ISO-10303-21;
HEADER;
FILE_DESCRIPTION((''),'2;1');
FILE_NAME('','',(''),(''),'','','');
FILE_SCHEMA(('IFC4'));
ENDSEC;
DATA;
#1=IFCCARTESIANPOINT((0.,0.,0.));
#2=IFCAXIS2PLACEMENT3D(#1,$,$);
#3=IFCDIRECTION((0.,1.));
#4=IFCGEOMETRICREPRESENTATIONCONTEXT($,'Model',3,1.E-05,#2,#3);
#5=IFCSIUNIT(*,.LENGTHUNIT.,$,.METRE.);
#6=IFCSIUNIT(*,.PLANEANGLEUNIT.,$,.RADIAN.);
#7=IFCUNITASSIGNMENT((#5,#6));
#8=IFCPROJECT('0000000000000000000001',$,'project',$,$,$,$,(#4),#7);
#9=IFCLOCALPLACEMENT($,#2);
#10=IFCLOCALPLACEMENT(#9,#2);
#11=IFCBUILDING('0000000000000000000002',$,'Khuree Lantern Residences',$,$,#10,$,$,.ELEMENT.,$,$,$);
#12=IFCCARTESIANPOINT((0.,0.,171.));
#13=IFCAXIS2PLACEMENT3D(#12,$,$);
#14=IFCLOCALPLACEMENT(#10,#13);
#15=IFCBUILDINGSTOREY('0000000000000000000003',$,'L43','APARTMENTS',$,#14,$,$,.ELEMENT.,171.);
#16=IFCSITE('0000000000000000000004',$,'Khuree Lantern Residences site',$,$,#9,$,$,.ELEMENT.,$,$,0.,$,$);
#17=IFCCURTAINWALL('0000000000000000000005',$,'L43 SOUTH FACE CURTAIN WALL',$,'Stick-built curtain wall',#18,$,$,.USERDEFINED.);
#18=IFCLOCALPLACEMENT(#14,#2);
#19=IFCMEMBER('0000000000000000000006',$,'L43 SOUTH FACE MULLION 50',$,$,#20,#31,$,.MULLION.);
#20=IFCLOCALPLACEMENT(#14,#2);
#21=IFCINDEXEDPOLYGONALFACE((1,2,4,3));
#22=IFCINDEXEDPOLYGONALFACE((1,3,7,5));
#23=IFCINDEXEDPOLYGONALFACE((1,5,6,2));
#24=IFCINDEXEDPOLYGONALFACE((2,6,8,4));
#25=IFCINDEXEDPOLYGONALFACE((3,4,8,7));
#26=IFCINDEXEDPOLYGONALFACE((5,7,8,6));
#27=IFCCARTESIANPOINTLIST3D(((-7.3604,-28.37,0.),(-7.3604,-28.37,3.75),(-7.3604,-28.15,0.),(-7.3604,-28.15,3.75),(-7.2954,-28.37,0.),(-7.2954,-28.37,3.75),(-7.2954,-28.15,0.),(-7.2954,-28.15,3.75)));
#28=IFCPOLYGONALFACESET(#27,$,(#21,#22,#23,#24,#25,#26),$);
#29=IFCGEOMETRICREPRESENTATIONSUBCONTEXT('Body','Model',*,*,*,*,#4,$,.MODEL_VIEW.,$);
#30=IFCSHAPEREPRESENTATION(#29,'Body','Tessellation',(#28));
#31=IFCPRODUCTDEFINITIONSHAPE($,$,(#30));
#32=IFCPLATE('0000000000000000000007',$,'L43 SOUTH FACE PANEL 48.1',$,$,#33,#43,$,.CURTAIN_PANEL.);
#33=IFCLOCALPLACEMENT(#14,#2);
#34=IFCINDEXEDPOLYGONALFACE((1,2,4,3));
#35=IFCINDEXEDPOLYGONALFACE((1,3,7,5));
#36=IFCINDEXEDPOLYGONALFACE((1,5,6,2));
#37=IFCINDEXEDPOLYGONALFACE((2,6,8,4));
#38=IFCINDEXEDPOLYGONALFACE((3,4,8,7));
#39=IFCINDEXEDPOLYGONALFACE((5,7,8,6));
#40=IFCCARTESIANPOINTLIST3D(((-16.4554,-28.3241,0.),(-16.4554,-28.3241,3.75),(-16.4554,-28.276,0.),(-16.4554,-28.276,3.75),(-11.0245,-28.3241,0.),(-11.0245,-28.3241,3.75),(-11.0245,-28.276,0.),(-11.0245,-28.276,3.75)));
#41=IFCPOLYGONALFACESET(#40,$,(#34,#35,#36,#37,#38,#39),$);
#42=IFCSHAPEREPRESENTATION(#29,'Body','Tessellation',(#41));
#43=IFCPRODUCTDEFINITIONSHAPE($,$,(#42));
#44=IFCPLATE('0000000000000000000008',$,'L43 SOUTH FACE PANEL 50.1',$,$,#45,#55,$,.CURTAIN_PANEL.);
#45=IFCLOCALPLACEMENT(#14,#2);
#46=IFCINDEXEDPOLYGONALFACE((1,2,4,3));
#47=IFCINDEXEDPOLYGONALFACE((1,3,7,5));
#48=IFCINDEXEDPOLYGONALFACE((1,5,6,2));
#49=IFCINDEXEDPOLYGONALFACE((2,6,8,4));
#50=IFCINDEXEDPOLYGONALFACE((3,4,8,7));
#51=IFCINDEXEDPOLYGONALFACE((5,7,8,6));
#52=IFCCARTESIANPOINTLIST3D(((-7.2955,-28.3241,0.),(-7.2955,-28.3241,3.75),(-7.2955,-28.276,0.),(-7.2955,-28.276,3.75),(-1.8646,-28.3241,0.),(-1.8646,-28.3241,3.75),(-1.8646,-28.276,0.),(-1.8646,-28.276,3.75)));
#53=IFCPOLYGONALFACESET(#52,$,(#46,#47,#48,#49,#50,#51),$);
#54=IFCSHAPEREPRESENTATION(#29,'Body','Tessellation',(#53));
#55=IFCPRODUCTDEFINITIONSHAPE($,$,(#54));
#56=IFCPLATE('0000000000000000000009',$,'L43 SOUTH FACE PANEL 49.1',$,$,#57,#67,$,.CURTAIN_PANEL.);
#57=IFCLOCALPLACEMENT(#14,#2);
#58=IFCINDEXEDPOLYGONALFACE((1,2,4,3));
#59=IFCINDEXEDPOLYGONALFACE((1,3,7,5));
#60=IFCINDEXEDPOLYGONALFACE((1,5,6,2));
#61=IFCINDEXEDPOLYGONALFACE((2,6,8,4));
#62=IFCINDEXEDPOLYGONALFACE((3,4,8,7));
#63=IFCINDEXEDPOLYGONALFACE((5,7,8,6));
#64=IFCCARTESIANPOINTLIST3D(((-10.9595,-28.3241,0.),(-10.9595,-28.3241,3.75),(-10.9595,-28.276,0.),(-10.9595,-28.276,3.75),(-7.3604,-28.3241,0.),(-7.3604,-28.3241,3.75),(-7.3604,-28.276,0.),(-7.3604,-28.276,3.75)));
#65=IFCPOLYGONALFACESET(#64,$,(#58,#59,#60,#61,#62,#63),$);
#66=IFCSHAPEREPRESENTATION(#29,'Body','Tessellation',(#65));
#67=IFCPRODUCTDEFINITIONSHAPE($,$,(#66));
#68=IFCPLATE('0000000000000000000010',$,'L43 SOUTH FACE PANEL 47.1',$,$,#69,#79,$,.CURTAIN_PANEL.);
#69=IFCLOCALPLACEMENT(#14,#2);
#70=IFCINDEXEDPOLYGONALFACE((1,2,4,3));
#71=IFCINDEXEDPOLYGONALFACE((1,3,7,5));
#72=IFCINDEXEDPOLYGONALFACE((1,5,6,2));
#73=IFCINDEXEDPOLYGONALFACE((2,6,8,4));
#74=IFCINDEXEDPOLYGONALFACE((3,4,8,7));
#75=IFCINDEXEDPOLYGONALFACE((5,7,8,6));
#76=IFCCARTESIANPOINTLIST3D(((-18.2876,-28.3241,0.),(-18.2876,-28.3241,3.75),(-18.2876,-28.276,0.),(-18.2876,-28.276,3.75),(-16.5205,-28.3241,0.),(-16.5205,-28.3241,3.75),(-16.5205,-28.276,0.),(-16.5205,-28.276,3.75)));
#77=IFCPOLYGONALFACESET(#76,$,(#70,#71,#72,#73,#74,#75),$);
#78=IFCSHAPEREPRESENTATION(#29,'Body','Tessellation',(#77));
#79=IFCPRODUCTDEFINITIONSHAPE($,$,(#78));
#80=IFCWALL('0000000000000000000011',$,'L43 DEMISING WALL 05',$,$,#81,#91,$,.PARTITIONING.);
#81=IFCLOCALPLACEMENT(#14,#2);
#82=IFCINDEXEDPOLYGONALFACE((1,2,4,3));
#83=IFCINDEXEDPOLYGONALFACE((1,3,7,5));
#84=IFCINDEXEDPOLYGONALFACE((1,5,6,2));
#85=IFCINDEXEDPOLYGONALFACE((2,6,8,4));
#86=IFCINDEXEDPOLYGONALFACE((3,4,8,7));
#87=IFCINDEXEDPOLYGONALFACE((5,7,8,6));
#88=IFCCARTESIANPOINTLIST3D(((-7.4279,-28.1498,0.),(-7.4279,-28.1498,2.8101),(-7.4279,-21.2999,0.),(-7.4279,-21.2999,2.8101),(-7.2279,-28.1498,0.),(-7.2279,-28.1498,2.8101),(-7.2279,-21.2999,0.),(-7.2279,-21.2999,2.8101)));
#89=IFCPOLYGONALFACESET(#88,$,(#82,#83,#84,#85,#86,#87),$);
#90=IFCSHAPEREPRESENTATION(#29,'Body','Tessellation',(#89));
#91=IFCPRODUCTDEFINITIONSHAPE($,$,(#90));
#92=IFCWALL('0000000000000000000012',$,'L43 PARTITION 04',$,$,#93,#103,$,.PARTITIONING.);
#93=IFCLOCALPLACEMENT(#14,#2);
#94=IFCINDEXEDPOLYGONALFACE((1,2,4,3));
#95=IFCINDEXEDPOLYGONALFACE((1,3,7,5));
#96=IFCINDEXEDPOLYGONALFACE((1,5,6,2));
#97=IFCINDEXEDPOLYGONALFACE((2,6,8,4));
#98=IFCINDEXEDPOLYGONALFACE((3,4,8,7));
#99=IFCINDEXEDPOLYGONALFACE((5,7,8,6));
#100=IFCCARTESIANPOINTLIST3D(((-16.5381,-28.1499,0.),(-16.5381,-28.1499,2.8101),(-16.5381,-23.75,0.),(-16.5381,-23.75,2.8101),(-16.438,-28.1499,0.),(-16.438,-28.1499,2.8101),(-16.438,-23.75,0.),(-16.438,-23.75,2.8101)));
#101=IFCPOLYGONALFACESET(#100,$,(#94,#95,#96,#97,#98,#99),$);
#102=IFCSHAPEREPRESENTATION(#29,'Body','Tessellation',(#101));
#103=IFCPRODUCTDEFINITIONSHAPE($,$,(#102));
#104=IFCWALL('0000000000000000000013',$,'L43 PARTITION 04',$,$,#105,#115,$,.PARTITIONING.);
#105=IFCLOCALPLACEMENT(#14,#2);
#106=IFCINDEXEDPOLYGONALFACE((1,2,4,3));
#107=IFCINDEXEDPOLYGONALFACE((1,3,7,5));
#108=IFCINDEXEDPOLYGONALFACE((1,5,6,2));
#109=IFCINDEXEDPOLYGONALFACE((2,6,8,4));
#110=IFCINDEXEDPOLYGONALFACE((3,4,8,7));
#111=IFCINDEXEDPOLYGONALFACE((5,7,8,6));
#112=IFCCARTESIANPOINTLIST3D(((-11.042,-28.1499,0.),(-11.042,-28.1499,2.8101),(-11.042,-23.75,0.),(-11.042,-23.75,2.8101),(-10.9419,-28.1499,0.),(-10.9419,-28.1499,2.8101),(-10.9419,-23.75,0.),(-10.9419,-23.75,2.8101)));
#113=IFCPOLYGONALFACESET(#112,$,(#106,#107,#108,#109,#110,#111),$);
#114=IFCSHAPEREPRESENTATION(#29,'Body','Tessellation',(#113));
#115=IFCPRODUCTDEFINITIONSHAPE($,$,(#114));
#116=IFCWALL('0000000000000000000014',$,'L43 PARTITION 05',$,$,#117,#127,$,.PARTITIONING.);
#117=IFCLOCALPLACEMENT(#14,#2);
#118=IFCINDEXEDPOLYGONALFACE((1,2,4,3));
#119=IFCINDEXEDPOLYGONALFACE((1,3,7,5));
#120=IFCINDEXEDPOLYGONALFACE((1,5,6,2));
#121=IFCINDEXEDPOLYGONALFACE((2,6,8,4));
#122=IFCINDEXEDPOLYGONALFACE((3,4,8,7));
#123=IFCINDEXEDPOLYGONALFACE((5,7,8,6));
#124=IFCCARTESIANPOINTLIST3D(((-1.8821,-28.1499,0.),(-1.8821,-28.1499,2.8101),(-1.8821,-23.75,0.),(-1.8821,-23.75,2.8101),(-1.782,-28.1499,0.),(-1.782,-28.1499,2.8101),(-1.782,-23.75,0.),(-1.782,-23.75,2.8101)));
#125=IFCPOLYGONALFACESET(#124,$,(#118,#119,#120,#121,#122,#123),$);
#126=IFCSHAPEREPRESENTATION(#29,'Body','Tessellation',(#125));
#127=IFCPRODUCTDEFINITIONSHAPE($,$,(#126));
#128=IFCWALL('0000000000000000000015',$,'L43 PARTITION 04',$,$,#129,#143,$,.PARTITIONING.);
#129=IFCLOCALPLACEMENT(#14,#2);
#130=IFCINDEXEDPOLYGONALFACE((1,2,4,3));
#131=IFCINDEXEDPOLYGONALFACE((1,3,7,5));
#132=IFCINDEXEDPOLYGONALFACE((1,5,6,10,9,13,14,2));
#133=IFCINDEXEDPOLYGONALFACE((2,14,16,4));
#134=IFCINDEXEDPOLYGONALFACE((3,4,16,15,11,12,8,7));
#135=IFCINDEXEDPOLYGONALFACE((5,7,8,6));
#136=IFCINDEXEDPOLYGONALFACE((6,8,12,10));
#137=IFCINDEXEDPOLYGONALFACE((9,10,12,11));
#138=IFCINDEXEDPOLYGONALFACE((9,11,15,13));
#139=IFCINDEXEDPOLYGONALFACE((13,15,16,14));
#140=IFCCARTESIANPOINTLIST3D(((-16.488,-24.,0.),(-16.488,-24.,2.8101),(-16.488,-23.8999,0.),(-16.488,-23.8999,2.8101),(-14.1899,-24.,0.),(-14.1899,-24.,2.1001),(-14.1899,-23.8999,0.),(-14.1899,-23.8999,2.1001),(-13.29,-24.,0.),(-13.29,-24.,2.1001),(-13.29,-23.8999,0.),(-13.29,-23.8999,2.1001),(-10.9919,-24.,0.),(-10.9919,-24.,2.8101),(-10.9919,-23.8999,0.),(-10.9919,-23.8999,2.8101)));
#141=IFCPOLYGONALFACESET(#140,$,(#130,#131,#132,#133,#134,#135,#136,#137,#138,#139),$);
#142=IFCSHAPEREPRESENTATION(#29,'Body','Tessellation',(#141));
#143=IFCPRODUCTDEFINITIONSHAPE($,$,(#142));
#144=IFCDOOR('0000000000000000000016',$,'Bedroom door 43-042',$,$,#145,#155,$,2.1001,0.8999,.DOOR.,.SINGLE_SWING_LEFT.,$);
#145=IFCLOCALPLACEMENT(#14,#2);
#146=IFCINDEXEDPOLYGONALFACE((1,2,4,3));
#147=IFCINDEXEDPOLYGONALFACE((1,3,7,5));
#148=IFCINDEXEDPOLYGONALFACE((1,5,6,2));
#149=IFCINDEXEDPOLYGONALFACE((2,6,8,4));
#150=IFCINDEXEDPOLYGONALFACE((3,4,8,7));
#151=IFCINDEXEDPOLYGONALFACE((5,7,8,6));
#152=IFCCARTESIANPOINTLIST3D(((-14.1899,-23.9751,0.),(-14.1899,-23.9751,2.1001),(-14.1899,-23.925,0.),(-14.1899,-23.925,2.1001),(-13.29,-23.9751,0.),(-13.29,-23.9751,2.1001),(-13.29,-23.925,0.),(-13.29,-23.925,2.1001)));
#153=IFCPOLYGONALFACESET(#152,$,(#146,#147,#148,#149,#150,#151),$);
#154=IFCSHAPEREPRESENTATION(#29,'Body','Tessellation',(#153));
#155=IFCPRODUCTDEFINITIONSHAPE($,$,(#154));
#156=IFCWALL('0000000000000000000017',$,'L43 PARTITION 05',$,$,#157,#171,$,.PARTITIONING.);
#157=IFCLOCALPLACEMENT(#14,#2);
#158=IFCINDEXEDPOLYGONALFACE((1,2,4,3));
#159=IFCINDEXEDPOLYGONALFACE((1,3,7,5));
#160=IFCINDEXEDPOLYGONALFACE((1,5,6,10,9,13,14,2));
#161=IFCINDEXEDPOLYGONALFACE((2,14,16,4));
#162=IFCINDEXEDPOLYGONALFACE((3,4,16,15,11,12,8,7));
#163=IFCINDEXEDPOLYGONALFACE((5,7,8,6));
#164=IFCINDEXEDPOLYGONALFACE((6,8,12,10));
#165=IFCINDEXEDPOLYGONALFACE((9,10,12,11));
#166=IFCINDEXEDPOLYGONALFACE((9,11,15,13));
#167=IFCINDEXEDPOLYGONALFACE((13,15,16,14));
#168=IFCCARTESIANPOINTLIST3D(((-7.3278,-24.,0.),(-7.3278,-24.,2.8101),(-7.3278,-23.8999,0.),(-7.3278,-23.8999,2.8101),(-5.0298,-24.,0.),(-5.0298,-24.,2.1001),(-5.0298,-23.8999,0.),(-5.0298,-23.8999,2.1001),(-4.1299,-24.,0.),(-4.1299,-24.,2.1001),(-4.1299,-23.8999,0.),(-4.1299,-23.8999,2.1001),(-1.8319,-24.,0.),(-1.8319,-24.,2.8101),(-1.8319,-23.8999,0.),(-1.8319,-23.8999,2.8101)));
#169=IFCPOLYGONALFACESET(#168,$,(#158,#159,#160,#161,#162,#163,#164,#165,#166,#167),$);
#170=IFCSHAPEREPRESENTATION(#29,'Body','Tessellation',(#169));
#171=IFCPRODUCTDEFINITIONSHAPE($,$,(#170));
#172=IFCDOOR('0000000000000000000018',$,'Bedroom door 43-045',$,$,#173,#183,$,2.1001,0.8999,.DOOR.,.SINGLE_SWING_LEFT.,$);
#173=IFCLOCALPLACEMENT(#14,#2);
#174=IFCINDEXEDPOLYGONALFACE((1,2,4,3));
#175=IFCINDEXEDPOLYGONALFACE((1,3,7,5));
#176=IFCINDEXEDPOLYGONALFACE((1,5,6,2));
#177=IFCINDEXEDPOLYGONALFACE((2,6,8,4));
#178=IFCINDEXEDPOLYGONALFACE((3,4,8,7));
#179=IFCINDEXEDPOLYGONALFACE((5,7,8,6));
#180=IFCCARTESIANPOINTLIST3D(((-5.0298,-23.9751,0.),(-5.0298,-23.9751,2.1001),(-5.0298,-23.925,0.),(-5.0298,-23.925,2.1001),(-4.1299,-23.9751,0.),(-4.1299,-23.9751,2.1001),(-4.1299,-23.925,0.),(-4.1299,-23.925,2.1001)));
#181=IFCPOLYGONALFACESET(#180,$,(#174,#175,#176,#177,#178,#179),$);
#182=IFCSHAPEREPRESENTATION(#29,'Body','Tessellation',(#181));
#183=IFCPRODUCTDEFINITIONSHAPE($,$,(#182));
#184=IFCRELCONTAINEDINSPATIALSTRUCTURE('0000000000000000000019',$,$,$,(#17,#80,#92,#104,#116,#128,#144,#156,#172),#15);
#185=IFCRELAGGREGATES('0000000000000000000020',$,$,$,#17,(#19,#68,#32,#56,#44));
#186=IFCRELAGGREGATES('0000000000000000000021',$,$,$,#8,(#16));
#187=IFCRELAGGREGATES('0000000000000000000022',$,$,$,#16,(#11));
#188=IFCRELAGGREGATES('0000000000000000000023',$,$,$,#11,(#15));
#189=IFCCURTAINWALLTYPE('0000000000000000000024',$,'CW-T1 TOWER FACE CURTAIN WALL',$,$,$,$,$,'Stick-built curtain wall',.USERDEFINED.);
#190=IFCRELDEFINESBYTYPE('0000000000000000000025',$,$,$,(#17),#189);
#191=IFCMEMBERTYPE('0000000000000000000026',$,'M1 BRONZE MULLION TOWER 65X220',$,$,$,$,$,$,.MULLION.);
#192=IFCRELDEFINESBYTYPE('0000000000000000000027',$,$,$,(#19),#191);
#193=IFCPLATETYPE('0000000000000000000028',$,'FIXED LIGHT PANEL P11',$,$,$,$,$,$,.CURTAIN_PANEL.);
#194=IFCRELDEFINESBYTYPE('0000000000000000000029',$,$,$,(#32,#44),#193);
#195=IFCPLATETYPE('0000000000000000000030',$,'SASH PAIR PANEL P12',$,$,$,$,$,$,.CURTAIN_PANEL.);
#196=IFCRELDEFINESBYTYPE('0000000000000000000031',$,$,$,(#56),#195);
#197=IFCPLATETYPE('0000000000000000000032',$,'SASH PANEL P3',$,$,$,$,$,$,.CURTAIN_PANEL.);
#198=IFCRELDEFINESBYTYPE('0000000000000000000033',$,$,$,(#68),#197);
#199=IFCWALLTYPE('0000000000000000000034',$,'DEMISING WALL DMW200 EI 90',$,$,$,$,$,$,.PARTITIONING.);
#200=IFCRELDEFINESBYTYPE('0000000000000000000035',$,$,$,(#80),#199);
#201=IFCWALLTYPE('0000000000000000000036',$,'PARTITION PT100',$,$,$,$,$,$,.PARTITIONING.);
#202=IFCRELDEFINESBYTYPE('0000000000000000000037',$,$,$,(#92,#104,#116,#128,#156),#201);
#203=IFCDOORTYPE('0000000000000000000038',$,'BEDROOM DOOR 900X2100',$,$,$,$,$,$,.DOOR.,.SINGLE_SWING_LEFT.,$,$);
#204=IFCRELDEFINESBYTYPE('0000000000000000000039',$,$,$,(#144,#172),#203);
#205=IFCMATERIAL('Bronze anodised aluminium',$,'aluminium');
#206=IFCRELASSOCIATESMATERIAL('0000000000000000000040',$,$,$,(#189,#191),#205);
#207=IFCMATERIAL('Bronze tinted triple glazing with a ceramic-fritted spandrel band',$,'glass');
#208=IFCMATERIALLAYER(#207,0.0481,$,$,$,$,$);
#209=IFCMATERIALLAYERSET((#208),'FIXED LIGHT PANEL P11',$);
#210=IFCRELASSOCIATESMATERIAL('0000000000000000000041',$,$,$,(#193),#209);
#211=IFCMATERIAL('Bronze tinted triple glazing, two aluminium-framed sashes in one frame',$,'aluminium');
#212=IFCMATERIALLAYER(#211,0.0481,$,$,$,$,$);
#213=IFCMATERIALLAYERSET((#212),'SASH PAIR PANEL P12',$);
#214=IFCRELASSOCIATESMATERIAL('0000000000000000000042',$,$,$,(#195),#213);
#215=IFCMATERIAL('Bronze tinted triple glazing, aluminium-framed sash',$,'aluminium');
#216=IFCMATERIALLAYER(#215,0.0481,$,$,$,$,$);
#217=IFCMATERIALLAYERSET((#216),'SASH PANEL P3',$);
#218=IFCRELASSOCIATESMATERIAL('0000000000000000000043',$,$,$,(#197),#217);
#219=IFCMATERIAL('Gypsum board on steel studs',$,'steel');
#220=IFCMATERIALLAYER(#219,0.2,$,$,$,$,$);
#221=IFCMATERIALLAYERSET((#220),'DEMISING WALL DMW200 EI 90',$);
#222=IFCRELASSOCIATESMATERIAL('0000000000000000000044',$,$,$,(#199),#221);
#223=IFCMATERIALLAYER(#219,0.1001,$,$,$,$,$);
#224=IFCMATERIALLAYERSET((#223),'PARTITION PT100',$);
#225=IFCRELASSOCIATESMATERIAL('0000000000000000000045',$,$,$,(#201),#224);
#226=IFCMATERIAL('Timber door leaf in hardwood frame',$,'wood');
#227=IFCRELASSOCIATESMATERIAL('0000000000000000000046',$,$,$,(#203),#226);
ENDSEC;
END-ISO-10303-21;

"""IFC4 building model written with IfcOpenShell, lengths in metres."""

from ifc_helpers import new_model, si_unit, direction, frame, frame_2d, origin, origin_2d, place, context, subcontext, project, spatial, rectangle, extrude, material, layer, layer_set, material_profile, profile_set, type_object, element, fill, aggregate, save


model = new_model("IFC4")

# Units and contexts
model_context = context("Model", 3, precision=1e-05, world=origin(), true_north=direction((0.0, 1.0)))
body_context = subcontext(model_context, "Body", "Model", "MODEL_VIEW")
ifc_project = project(units=[si_unit("LENGTHUNIT", "METRE"), si_unit("PLANEANGLEUNIT", "RADIAN")], contexts=[model_context])

# Site, building, storey
site_placement = place(None, origin())
site = spatial("IfcSite", under=ifc_project, at=site_placement, Name="Khuree Lantern Residences site", CompositionType="ELEMENT", RefElevation=0.0)
building_placement = place(site_placement, origin())
building = spatial("IfcBuilding", under=site, at=building_placement, Name="Khuree Lantern Residences", CompositionType="ELEMENT")
storey_placement = place(building_placement, frame((0.0, 0.0, 171.0)))
storey = spatial("IfcBuildingStorey", under=building, at=storey_placement, Name="L43", Description="APARTMENTS", CompositionType="ELEMENT", Elevation=171.0)

# Curtain wall
ifc_material_1 = material(Name="Bronze anodised aluminium", Category="aluminium")
curtain_wall_type = type_object("IfcCurtainWallType", Name="CW-T1 TOWER FACE CURTAIN WALL", ElementType="Stick-built curtain wall", PredefinedType="USERDEFINED", material=ifc_material_1)
curtain_wall_placement = place(storey_placement, origin())
curtain_wall = element("IfcCurtainWall", 1, at=curtain_wall_placement, inside=storey, type_object=curtain_wall_type, Name="L43 SOUTH FACE CURTAIN WALL", ObjectType="Stick-built curtain wall", PredefinedType="USERDEFINED")

# Member
ifc_material_profile_1 = material_profile(ifc_material_1, rectangle(XDim=0.0649, YDim=0.22, at=origin_2d()), Name="M1 65X220")
ifc_profile_set_1 = profile_set([ifc_material_profile_1], Name="Bronze anodised aluminium")
member_type_1 = type_object("IfcMemberType", Name="M1 BRONZE MULLION TOWER 65X220", PredefinedType="MULLION", material=ifc_profile_set_1)
member_1_placement = place(storey_placement, frame((-7.3279, -28.26, 0.0), z_axis=(0.0, 0.0, 1.0), x_axis=(1.0, 0.0, 0.0)))
member_1 = element("IfcMember", 2, at=member_1_placement, type_object=member_type_1, Name="L43 SOUTH FACE MULLION 50", PredefinedType="MULLION", context=body_context, shape_type="SweptSolid", body=[
    extrude(rectangle(XDim=0.0649, YDim=0.22, at=origin_2d()), origin(), (0.0, 0.0, 1.0), 3.75),
])

# Plates
ifc_material_2 = material(Name="Bronze tinted triple glazing with a ceramic-fritted spandrel band", Category="glass")
ifc_layer_1 = layer(ifc_material_2, 0.0481)
ifc_layer_set_1 = layer_set([ifc_layer_1], Name="FIXED LIGHT PANEL P11")
plate_type_1 = type_object("IfcPlateType", Name="FIXED LIGHT PANEL P11", PredefinedType="CURTAIN_PANEL", material=ifc_layer_set_1)
plate_1_placement = place(storey_placement, frame((-13.74, -28.3, 0.0), z_axis=(0.0, 0.0, 1.0), x_axis=(1.0, 0.0, 0.0)))
plate_1 = element("IfcPlate", 3, at=plate_1_placement, type_object=plate_type_1, Name="L43 SOUTH FACE PANEL 48.1", PredefinedType="CURTAIN_PANEL", context=body_context, shape_type="SweptSolid", body=[
    extrude(rectangle(XDim=5.4309, YDim=0.0481, at=origin_2d()), origin(), (0.0, 0.0, 1.0), 3.75),
])
plate_2_placement = place(storey_placement, frame((-4.5801, -28.3, 0.0), z_axis=(0.0, 0.0, 1.0), x_axis=(1.0, 0.0, 0.0)))
plate_2 = element("IfcPlate", 4, at=plate_2_placement, type_object=plate_type_1, Name="L43 SOUTH FACE PANEL 50.1", PredefinedType="CURTAIN_PANEL", context=body_context, shape_type="SweptSolid", body=[
    extrude(rectangle(XDim=5.4309, YDim=0.0481, at=origin_2d()), origin(), (0.0, 0.0, 1.0), 3.75),
])
ifc_material_3 = material(Name="Bronze tinted triple glazing, two aluminium-framed sashes in one frame", Category="aluminium")
ifc_layer_2 = layer(ifc_material_3, 0.0481)
ifc_layer_set_2 = layer_set([ifc_layer_2], Name="SASH PAIR PANEL P12")
plate_type_2 = type_object("IfcPlateType", Name="SASH PAIR PANEL P12", PredefinedType="CURTAIN_PANEL", material=ifc_layer_set_2)
plate_3_placement = place(storey_placement, frame((-9.1599, -28.3, 0.0), z_axis=(0.0, 0.0, 1.0), x_axis=(1.0, 0.0, 0.0)))
plate_3 = element("IfcPlate", 5, at=plate_3_placement, type_object=plate_type_2, Name="L43 SOUTH FACE PANEL 49.1", PredefinedType="CURTAIN_PANEL", context=body_context, shape_type="SweptSolid", body=[
    extrude(rectangle(XDim=3.5991, YDim=0.0481, at=origin_2d()), origin(), (0.0, 0.0, 1.0), 3.75),
])
ifc_material_4 = material(Name="Bronze tinted triple glazing, aluminium-framed sash", Category="aluminium")
ifc_layer_3 = layer(ifc_material_4, 0.0481)
ifc_layer_set_3 = layer_set([ifc_layer_3], Name="SASH PANEL P3")
plate_type_3 = type_object("IfcPlateType", Name="SASH PANEL P3", PredefinedType="CURTAIN_PANEL", material=ifc_layer_set_3)
plate_4_placement = place(storey_placement, frame((-17.4041, -28.3, 0.0), z_axis=(0.0, 0.0, 1.0), x_axis=(1.0, 0.0, 0.0)))
plate_4 = element("IfcPlate", 6, at=plate_4_placement, type_object=plate_type_3, Name="L43 SOUTH FACE PANEL 47.1", PredefinedType="CURTAIN_PANEL", context=body_context, shape_type="SweptSolid", body=[
    extrude(rectangle(XDim=1.7671, YDim=0.0481, at=origin_2d()), origin(), (0.0, 0.0, 1.0), 3.75),
])
aggregate(curtain_wall, [member_1, plate_4, plate_1, plate_3, plate_2])

# Walls
ifc_material_5 = material(Name="Gypsum board on steel studs", Category="steel")
ifc_layer_4 = layer(ifc_material_5, 0.2)
ifc_layer_set_4 = layer_set([ifc_layer_4], Name="DEMISING WALL DMW200 EI 90")
wall_type_1 = type_object("IfcWallType", Name="DEMISING WALL DMW200 EI 90", PredefinedType="PARTITIONING", material=ifc_layer_set_4)
wall_1_placement = place(storey_placement, frame((-7.3279, -21.3, 0.0), z_axis=(0.0, 0.0, 1.0), x_axis=(0.0, -1.0, 0.0)))
element("IfcWall", 7, at=wall_1_placement, inside=storey, type_object=wall_type_1, Name="L43 DEMISING WALL 05", PredefinedType="PARTITIONING", context=body_context, shape_type="SweptSolid", body=[
    extrude(rectangle(XDim=6.8499, YDim=0.2, at=frame_2d((3.4248, 0.0))), origin(), (0.0, 0.0, 1.0), 2.8101),
])
ifc_layer_5 = layer(ifc_material_5, 0.1001)
ifc_layer_set_5 = layer_set([ifc_layer_5], Name="PARTITION PT100")
wall_type_2 = type_object("IfcWallType", Name="PARTITION PT100", PredefinedType="PARTITIONING", material=ifc_layer_set_5)
for number, where, z_axis, x_axis, name in (
    (8, (-16.488, -23.75, 0.0), (0.0, 0.0, 1.0), (0.0, -1.0, 0.0), "L43 PARTITION 04"),
    (9, (-10.9919, -23.75, 0.0), (0.0, 0.0, 1.0), (0.0, -1.0, 0.0), "L43 PARTITION 04"),
    (10, (-1.832, -23.75, 0.0), (0.0, 0.0, 1.0), (0.0, -1.0, 0.0), "L43 PARTITION 05"),
):
    element("IfcWall", number, at=place(storey_placement, frame(where, z_axis=z_axis, x_axis=x_axis)), inside=storey, type_object=wall_type_2, Name=name, PredefinedType="PARTITIONING", context=body_context, shape_type="SweptSolid", body=[
        extrude(rectangle(XDim=4.3999, YDim=0.1001, at=frame_2d((2.2, 0.0))), origin(), (0.0, 0.0, 1.0), 2.8101),
    ])

# Walls, openings, doors
wall_2_placement = place(storey_placement, frame((-16.488, -23.95, 0.0), z_axis=(0.0, 0.0, 1.0), x_axis=(1.0, 0.0, 0.0)))
wall_2 = element("IfcWall", 11, at=wall_2_placement, inside=storey, type_object=wall_type_2, Name="L43 PARTITION 04", PredefinedType="PARTITIONING", context=body_context, shape_type="SweptSolid", body=[
    extrude(rectangle(XDim=5.4961, YDim=0.1001, at=frame_2d((2.748, 0.0))), origin(), (0.0, 0.0, 1.0), 2.8101),
])
opening_1_placement = place(wall_2_placement, frame((2.2981, 0.0, 0.0)))
opening_1 = element("IfcOpeningElement", 12, at=opening_1_placement, cuts=wall_2, PredefinedType="OPENING", context=body_context, shape_type="SweptSolid", body=[
    extrude(rectangle(XDim=0.8999, YDim=2.1001, at=frame_2d((0.45, 1.05))), frame((0.0, 0.0601, 0.0), z_axis=(0.0, -1.0, 0.0), x_axis=(1.0, 0.0, 0.0)), (0.0, 0.0, 1.0), 0.1201),
])
ifc_material_6 = material(Name="Timber door leaf in hardwood frame", Category="wood")
door_type = type_object("IfcDoorType", Name="BEDROOM DOOR 900X2100", OperationType="SINGLE_SWING_LEFT", PredefinedType="DOOR", material=ifc_material_6)
door_1_placement = place(opening_1_placement, origin())
door_1 = element("IfcDoor", 13, at=door_1_placement, inside=storey, type_object=door_type, Name="Bedroom door 43-042", OperationType="SINGLE_SWING_LEFT", OverallHeight=2.1001, OverallWidth=0.8999, PredefinedType="DOOR", context=body_context, shape_type="SweptSolid", body=[
    extrude(rectangle(XDim=0.8999, YDim=2.1001, at=frame_2d((0.45, 1.05))), frame((0.0, 0.0249, 0.0), z_axis=(0.0, -1.0, 0.0), x_axis=(1.0, 0.0, 0.0)), (0.0, 0.0, 1.0), 0.05),
])
fill(opening_1, door_1)
wall_3_placement = place(storey_placement, frame((-7.3279, -23.95, 0.0), z_axis=(0.0, 0.0, 1.0), x_axis=(1.0, 0.0, 0.0)))
wall_3 = element("IfcWall", 14, at=wall_3_placement, inside=storey, type_object=wall_type_2, Name="L43 PARTITION 05", PredefinedType="PARTITIONING", context=body_context, shape_type="SweptSolid", body=[
    extrude(rectangle(XDim=5.4958, YDim=0.1001, at=frame_2d((2.748, 0.0))), origin(), (0.0, 0.0, 1.0), 2.8101),
])
opening_2_placement = place(wall_3_placement, frame((2.2981, 0.0, 0.0)))
opening_2 = element("IfcOpeningElement", 15, at=opening_2_placement, cuts=wall_3, PredefinedType="OPENING", context=body_context, shape_type="SweptSolid", body=[
    extrude(rectangle(XDim=0.8999, YDim=2.1001, at=frame_2d((0.45, 1.05))), frame((0.0, 0.0601, 0.0), z_axis=(0.0, -1.0, 0.0), x_axis=(1.0, 0.0, 0.0)), (0.0, 0.0, 1.0), 0.1201),
])
door_2_placement = place(opening_2_placement, origin())
door_2 = element("IfcDoor", 16, at=door_2_placement, inside=storey, type_object=door_type, Name="Bedroom door 43-045", OperationType="SINGLE_SWING_LEFT", OverallHeight=2.1001, OverallWidth=0.8999, PredefinedType="DOOR", context=body_context, shape_type="SweptSolid", body=[
    extrude(rectangle(XDim=0.8999, YDim=2.1001, at=frame_2d((0.45, 1.05))), frame((0.0, 0.0249, 0.0), z_axis=(0.0, -1.0, 0.0), x_axis=(1.0, 0.0, 0.0)), (0.0, 0.0, 1.0), 0.05),
])
fill(opening_2, door_2)

save(model, "model.ifc")
